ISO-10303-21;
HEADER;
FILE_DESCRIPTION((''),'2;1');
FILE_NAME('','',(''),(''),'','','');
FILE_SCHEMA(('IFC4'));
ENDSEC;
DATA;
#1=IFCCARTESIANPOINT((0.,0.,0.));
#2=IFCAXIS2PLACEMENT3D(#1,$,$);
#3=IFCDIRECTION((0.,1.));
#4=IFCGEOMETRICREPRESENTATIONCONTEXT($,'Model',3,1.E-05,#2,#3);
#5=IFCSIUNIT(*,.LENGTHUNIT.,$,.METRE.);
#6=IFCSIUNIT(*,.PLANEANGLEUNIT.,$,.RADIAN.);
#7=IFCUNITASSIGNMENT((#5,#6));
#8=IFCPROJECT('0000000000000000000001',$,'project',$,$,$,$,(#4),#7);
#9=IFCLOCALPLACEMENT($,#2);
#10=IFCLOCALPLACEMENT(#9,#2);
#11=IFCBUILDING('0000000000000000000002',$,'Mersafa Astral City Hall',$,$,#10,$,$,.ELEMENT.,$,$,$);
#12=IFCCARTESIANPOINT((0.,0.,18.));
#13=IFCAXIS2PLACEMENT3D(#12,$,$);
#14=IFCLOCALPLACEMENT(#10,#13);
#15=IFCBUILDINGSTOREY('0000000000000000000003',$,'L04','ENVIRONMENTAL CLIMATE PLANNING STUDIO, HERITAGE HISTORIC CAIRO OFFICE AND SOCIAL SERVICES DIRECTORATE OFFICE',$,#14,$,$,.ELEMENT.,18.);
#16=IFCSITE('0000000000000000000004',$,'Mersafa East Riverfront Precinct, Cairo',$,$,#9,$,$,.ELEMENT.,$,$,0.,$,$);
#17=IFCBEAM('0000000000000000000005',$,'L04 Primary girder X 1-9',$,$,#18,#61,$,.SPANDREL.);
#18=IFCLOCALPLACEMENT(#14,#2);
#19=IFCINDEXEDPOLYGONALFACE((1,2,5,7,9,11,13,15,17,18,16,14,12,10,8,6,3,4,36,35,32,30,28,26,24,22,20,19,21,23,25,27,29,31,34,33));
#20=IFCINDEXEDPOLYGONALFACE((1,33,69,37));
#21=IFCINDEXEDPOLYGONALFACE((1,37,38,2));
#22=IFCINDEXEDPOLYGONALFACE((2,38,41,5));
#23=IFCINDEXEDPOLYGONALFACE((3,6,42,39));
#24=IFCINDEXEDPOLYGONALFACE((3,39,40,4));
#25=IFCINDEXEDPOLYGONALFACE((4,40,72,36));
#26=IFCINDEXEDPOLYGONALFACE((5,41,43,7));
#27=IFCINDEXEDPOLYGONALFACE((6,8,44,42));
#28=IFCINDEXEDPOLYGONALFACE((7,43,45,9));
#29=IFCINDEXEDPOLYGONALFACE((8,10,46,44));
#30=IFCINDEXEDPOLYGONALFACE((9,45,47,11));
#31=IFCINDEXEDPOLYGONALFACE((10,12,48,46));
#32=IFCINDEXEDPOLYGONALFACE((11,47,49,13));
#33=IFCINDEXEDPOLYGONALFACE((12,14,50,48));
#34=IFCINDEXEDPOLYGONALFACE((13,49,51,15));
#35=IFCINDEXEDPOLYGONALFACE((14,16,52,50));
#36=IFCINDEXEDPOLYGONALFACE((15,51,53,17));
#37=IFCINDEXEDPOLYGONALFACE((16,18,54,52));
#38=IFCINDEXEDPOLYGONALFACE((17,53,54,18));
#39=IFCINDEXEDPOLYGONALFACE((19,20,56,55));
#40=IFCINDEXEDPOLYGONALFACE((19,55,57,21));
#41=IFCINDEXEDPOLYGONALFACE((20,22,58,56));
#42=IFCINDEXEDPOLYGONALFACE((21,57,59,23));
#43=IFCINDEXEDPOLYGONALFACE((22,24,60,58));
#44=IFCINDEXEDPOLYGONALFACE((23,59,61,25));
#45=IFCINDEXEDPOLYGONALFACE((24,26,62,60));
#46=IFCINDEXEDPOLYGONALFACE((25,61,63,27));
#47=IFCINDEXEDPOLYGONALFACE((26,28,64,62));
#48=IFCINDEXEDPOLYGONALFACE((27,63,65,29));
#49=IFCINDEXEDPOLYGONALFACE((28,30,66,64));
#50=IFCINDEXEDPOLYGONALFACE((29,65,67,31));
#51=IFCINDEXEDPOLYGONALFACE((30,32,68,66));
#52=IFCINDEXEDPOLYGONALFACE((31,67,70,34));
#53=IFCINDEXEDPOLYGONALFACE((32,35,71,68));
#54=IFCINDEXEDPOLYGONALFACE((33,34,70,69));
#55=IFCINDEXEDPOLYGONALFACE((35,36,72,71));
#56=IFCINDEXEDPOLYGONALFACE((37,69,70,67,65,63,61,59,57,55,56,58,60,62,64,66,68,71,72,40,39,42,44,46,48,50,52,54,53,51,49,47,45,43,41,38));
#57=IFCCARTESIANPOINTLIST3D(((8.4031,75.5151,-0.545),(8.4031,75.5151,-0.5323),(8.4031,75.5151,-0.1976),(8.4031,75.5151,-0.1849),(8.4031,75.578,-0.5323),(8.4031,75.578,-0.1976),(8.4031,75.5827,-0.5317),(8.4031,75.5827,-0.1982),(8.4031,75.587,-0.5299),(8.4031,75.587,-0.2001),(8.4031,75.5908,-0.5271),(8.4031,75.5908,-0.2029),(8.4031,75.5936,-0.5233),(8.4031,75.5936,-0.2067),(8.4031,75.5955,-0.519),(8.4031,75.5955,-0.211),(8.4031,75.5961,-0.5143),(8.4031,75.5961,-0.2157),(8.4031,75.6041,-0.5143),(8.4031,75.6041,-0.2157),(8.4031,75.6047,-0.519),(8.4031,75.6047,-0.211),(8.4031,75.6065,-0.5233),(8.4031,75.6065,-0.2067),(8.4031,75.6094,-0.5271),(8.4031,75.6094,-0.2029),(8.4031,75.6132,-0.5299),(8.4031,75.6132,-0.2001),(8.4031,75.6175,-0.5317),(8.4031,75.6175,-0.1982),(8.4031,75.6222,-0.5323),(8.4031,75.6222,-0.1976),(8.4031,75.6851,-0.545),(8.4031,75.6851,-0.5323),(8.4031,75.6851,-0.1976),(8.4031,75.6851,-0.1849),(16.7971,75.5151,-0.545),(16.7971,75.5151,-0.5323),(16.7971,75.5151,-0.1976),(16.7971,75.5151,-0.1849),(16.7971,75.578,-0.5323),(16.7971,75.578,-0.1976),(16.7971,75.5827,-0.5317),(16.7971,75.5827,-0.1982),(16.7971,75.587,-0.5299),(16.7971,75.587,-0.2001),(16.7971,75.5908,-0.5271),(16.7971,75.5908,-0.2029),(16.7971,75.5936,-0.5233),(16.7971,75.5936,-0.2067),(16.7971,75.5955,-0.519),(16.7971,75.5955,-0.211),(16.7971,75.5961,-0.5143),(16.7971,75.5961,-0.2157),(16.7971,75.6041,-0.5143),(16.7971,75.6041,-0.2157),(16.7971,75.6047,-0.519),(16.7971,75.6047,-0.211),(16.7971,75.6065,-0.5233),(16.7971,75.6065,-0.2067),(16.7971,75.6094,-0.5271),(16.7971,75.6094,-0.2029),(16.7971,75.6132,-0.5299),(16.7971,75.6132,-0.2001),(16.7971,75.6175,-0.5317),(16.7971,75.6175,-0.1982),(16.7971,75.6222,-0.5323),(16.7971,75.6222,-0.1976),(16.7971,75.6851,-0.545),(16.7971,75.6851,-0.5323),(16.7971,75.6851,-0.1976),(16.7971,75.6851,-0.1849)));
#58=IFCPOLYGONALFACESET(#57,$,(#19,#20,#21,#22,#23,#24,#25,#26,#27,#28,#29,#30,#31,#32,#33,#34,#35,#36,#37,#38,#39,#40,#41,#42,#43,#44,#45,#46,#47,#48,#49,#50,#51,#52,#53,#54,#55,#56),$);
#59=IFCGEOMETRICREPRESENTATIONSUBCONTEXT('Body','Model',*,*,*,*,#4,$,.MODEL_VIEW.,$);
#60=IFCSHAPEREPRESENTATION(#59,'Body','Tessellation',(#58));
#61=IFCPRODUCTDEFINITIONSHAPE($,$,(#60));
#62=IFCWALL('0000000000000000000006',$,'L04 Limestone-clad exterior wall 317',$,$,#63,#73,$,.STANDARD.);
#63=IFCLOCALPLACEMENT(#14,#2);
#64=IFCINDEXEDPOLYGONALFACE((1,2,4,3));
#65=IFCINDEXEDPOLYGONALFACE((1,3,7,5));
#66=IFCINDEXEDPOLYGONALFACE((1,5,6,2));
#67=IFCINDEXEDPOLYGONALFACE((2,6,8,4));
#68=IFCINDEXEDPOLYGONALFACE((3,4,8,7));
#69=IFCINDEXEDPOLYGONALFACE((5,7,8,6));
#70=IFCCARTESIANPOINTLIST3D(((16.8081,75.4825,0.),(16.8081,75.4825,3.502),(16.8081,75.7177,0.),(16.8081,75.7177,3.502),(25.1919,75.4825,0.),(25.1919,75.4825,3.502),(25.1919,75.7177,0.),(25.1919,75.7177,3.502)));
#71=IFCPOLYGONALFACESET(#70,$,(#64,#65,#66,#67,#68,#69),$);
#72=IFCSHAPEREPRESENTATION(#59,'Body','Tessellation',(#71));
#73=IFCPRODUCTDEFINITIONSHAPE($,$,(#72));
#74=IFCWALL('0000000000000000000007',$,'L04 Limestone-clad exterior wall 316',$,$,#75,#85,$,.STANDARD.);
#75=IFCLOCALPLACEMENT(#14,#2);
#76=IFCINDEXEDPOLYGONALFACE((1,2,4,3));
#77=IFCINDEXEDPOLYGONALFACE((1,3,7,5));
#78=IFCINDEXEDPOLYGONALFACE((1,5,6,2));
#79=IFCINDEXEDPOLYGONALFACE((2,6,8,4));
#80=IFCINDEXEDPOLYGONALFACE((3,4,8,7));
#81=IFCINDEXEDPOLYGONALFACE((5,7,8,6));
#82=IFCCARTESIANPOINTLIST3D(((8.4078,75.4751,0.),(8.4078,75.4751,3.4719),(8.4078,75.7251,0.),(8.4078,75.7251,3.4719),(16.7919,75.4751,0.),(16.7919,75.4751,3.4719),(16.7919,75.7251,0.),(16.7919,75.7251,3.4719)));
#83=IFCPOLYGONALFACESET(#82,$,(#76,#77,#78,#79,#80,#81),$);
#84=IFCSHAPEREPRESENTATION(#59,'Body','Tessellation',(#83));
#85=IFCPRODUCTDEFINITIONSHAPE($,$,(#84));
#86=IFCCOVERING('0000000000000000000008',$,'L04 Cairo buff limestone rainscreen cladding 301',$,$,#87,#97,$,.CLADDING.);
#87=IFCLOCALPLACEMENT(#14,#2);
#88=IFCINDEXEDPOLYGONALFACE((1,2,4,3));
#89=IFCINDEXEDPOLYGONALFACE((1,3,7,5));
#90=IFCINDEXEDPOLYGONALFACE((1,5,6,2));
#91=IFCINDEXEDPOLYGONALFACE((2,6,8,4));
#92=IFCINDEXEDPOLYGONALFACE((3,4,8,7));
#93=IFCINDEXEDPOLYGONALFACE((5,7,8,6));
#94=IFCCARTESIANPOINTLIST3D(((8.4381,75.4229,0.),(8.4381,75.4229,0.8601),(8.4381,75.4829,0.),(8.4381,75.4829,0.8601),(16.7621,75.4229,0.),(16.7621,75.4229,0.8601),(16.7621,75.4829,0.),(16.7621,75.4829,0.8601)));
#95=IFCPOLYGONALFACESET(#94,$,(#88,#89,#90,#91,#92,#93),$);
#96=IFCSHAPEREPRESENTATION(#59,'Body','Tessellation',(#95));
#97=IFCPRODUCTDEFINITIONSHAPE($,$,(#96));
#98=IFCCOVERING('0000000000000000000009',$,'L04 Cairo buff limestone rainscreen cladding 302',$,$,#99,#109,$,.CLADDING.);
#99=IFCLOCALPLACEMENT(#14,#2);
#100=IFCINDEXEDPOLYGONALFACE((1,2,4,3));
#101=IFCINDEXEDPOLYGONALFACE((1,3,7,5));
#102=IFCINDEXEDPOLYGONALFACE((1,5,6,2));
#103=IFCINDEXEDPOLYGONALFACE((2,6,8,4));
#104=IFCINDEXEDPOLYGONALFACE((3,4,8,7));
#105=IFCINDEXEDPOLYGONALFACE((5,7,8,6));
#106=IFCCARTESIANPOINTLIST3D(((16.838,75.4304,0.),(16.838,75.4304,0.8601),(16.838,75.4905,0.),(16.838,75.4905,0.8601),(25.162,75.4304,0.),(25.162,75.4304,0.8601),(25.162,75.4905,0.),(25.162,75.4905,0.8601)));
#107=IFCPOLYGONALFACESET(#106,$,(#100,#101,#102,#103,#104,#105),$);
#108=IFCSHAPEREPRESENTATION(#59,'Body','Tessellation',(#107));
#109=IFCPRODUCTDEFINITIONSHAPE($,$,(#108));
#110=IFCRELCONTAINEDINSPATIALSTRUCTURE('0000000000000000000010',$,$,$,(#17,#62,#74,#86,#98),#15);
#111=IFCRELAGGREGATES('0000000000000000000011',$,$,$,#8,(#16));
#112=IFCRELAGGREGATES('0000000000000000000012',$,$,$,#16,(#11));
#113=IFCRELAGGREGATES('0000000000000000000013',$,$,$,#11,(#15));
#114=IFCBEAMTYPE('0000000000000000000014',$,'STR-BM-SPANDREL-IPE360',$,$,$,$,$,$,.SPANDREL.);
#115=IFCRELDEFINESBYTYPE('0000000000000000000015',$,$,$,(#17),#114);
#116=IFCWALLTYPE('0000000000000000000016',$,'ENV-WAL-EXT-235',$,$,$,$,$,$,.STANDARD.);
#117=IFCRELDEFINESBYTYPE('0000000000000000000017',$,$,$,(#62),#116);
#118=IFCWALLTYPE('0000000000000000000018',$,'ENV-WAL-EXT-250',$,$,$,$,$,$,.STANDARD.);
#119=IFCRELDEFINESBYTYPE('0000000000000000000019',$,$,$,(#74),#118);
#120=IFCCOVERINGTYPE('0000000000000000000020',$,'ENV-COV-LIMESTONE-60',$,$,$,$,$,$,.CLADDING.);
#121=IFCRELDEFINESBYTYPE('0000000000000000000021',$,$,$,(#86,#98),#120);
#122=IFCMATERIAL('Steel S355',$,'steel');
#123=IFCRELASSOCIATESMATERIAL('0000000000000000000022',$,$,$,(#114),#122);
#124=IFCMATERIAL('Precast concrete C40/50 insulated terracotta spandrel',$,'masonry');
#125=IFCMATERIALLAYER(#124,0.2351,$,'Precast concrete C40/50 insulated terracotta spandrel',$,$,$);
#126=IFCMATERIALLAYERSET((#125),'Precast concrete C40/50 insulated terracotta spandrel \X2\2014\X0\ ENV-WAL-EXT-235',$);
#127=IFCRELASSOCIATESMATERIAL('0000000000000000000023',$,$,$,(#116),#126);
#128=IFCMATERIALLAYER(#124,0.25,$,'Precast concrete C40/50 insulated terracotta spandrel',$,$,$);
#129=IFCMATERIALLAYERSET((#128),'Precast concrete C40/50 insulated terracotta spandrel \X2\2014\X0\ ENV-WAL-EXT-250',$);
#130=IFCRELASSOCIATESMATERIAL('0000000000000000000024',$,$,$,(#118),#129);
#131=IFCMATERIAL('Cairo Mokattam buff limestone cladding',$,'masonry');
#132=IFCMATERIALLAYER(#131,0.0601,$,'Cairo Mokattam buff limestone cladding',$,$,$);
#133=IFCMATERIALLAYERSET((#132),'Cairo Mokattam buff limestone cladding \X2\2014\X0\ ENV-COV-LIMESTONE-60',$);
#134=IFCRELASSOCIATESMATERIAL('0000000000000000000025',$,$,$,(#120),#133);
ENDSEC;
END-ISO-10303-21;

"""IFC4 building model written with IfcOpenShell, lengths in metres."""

from ifc_helpers import new_model, si_unit, direction, frame, frame_2d, origin, origin_2d, place, context, subcontext, project, spatial, rectangle, i_section, extrude, material, layer, layer_set, material_profile, profile_set, type_object, element, save


model = new_model("IFC4")

# Units and contexts
model_context = context("Model", 3, precision=1e-05, world=origin(), true_north=direction((0.0, 1.0)))
body_context = subcontext(model_context, "Body", "Model", "MODEL_VIEW")
ifc_project = project(units=[si_unit("LENGTHUNIT", "METRE"), si_unit("PLANEANGLEUNIT", "RADIAN")], contexts=[model_context])

# Site, building, storey
site_placement = place(None, origin())
site = spatial("IfcSite", under=ifc_project, at=site_placement, Name="Mersafa East Riverfront Precinct, Cairo", CompositionType="ELEMENT", RefElevation=0.0)
building_placement = place(site_placement, origin())
building = spatial("IfcBuilding", under=site, at=building_placement, Name="Mersafa Astral City Hall", CompositionType="ELEMENT")
storey_placement = place(building_placement, frame((0.0, 0.0, 18.0)))
storey = spatial("IfcBuildingStorey", under=building, at=storey_placement, Name="L04", Description="ENVIRONMENTAL CLIMATE PLANNING STUDIO, HERITAGE HISTORIC CAIRO OFFICE AND SOCIAL SERVICES DIRECTORATE OFFICE", CompositionType="ELEMENT", Elevation=18.0)

# Shared definitions
ifc_material_1 = material(Name="Steel S355", Category="steel")

# Beam
ifc_material_profile_1 = material_profile(ifc_material_1, i_section(OverallWidth=0.1699, OverallDepth=0.3601, WebThickness=0.0081, FlangeThickness=0.0127, FilletRadius=0.0181, at=origin_2d()), Name="IPE 360")
ifc_profile_set_1 = profile_set([ifc_material_profile_1], Name="Steel S355")
beam_type_1 = type_object("IfcBeamType", Name="STR-BM-SPANDREL-IPE360", PredefinedType="SPANDREL", material=ifc_profile_set_1)
beam_1_placement = place(storey_placement, frame((8.4031, 75.6001, -0.365), z_axis=(1.0, 0.0, 0.0), x_axis=(0.0, 1.0, 0.0)))
element("IfcBeam", 1, at=beam_1_placement, inside=storey, type_object=beam_type_1, Name="L04 Primary girder X 1-9", PredefinedType="SPANDREL", context=body_context, shape_type="SweptSolid", body=[
    extrude(i_section(OverallWidth=0.1699, OverallDepth=0.3601, WebThickness=0.0081, FlangeThickness=0.0127, FilletRadius=0.0181, at=origin_2d()), origin(), (0.0, 0.0, 1.0), 8.394),
])

# Walls
ifc_material_2 = material(Name="Precast concrete C40/50 insulated terracotta spandrel", Category="masonry")
ifc_layer_1 = layer(ifc_material_2, 0.2351, Name="Precast concrete C40/50 insulated terracotta spandrel")
ifc_layer_set_1 = layer_set([ifc_layer_1], Name="Precast concrete C40/50 insulated terracotta spandrel — ENV-WAL-EXT-235")
wall_type_1 = type_object("IfcWallType", Name="ENV-WAL-EXT-235", PredefinedType="STANDARD", material=ifc_layer_set_1)
wall_1_placement = place(storey_placement, frame((16.8081, 75.6001, 0.0), z_axis=(0.0, 0.0, 1.0), x_axis=(1.0, 0.0, 0.0)))
element("IfcWall", 2, at=wall_1_placement, inside=storey, type_object=wall_type_1, Name="L04 Limestone-clad exterior wall 317", PredefinedType="STANDARD", context=body_context, shape_type="SweptSolid", body=[
    extrude(rectangle(XDim=8.3838, YDim=0.2351, at=frame_2d((4.1919, 0.0))), origin(), (0.0, 0.0, 1.0), 3.502),
])
ifc_layer_2 = layer(ifc_material_2, 0.25, Name="Precast concrete C40/50 insulated terracotta spandrel")
ifc_layer_set_2 = layer_set([ifc_layer_2], Name="Precast concrete C40/50 insulated terracotta spandrel — ENV-WAL-EXT-250")
wall_type_2 = type_object("IfcWallType", Name="ENV-WAL-EXT-250", PredefinedType="STANDARD", material=ifc_layer_set_2)
wall_2_placement = place(storey_placement, frame((8.408, 75.6001, 0.0), z_axis=(0.0, 0.0, 1.0), x_axis=(1.0, 0.0, 0.0)))
element("IfcWall", 3, at=wall_2_placement, inside=storey, type_object=wall_type_2, Name="L04 Limestone-clad exterior wall 316", PredefinedType="STANDARD", context=body_context, shape_type="SweptSolid", body=[
    extrude(rectangle(XDim=8.384, YDim=0.25, at=frame_2d((4.1919, 0.0))), origin(), (0.0, 0.0, 1.0), 3.4719),
])

# Coverings
ifc_material_3 = material(Name="Cairo Mokattam buff limestone cladding", Category="masonry")
ifc_layer_3 = layer(ifc_material_3, 0.0601, Name="Cairo Mokattam buff limestone cladding")
ifc_layer_set_3 = layer_set([ifc_layer_3], Name="Cairo Mokattam buff limestone cladding — ENV-COV-LIMESTONE-60")
covering_type = type_object("IfcCoveringType", Name="ENV-COV-LIMESTONE-60", PredefinedType="CLADDING", material=ifc_layer_set_3)
for number, where, z_axis, x_axis, name in (
    (4, (12.6001, 75.4529, 0.0), (0.0, 0.0, 1.0), (1.0, 0.0, 0.0), "L04 Cairo buff limestone rainscreen cladding 301"),
    (5, (21.0, 75.4604, 0.0), (0.0, 0.0, 1.0), (1.0, 0.0, 0.0), "L04 Cairo buff limestone rainscreen cladding 302"),
):
    element("IfcCovering", number, at=place(storey_placement, frame(where, z_axis=z_axis, x_axis=x_axis)), inside=storey, type_object=covering_type, Name=name, PredefinedType="CLADDING", context=body_context, shape_type="SweptSolid", body=[
        extrude(rectangle(XDim=8.324, YDim=0.0601, at=origin_2d()), origin(), (0.0, 0.0, 1.0), 0.8601),
    ])

save(model, "model.ifc")
